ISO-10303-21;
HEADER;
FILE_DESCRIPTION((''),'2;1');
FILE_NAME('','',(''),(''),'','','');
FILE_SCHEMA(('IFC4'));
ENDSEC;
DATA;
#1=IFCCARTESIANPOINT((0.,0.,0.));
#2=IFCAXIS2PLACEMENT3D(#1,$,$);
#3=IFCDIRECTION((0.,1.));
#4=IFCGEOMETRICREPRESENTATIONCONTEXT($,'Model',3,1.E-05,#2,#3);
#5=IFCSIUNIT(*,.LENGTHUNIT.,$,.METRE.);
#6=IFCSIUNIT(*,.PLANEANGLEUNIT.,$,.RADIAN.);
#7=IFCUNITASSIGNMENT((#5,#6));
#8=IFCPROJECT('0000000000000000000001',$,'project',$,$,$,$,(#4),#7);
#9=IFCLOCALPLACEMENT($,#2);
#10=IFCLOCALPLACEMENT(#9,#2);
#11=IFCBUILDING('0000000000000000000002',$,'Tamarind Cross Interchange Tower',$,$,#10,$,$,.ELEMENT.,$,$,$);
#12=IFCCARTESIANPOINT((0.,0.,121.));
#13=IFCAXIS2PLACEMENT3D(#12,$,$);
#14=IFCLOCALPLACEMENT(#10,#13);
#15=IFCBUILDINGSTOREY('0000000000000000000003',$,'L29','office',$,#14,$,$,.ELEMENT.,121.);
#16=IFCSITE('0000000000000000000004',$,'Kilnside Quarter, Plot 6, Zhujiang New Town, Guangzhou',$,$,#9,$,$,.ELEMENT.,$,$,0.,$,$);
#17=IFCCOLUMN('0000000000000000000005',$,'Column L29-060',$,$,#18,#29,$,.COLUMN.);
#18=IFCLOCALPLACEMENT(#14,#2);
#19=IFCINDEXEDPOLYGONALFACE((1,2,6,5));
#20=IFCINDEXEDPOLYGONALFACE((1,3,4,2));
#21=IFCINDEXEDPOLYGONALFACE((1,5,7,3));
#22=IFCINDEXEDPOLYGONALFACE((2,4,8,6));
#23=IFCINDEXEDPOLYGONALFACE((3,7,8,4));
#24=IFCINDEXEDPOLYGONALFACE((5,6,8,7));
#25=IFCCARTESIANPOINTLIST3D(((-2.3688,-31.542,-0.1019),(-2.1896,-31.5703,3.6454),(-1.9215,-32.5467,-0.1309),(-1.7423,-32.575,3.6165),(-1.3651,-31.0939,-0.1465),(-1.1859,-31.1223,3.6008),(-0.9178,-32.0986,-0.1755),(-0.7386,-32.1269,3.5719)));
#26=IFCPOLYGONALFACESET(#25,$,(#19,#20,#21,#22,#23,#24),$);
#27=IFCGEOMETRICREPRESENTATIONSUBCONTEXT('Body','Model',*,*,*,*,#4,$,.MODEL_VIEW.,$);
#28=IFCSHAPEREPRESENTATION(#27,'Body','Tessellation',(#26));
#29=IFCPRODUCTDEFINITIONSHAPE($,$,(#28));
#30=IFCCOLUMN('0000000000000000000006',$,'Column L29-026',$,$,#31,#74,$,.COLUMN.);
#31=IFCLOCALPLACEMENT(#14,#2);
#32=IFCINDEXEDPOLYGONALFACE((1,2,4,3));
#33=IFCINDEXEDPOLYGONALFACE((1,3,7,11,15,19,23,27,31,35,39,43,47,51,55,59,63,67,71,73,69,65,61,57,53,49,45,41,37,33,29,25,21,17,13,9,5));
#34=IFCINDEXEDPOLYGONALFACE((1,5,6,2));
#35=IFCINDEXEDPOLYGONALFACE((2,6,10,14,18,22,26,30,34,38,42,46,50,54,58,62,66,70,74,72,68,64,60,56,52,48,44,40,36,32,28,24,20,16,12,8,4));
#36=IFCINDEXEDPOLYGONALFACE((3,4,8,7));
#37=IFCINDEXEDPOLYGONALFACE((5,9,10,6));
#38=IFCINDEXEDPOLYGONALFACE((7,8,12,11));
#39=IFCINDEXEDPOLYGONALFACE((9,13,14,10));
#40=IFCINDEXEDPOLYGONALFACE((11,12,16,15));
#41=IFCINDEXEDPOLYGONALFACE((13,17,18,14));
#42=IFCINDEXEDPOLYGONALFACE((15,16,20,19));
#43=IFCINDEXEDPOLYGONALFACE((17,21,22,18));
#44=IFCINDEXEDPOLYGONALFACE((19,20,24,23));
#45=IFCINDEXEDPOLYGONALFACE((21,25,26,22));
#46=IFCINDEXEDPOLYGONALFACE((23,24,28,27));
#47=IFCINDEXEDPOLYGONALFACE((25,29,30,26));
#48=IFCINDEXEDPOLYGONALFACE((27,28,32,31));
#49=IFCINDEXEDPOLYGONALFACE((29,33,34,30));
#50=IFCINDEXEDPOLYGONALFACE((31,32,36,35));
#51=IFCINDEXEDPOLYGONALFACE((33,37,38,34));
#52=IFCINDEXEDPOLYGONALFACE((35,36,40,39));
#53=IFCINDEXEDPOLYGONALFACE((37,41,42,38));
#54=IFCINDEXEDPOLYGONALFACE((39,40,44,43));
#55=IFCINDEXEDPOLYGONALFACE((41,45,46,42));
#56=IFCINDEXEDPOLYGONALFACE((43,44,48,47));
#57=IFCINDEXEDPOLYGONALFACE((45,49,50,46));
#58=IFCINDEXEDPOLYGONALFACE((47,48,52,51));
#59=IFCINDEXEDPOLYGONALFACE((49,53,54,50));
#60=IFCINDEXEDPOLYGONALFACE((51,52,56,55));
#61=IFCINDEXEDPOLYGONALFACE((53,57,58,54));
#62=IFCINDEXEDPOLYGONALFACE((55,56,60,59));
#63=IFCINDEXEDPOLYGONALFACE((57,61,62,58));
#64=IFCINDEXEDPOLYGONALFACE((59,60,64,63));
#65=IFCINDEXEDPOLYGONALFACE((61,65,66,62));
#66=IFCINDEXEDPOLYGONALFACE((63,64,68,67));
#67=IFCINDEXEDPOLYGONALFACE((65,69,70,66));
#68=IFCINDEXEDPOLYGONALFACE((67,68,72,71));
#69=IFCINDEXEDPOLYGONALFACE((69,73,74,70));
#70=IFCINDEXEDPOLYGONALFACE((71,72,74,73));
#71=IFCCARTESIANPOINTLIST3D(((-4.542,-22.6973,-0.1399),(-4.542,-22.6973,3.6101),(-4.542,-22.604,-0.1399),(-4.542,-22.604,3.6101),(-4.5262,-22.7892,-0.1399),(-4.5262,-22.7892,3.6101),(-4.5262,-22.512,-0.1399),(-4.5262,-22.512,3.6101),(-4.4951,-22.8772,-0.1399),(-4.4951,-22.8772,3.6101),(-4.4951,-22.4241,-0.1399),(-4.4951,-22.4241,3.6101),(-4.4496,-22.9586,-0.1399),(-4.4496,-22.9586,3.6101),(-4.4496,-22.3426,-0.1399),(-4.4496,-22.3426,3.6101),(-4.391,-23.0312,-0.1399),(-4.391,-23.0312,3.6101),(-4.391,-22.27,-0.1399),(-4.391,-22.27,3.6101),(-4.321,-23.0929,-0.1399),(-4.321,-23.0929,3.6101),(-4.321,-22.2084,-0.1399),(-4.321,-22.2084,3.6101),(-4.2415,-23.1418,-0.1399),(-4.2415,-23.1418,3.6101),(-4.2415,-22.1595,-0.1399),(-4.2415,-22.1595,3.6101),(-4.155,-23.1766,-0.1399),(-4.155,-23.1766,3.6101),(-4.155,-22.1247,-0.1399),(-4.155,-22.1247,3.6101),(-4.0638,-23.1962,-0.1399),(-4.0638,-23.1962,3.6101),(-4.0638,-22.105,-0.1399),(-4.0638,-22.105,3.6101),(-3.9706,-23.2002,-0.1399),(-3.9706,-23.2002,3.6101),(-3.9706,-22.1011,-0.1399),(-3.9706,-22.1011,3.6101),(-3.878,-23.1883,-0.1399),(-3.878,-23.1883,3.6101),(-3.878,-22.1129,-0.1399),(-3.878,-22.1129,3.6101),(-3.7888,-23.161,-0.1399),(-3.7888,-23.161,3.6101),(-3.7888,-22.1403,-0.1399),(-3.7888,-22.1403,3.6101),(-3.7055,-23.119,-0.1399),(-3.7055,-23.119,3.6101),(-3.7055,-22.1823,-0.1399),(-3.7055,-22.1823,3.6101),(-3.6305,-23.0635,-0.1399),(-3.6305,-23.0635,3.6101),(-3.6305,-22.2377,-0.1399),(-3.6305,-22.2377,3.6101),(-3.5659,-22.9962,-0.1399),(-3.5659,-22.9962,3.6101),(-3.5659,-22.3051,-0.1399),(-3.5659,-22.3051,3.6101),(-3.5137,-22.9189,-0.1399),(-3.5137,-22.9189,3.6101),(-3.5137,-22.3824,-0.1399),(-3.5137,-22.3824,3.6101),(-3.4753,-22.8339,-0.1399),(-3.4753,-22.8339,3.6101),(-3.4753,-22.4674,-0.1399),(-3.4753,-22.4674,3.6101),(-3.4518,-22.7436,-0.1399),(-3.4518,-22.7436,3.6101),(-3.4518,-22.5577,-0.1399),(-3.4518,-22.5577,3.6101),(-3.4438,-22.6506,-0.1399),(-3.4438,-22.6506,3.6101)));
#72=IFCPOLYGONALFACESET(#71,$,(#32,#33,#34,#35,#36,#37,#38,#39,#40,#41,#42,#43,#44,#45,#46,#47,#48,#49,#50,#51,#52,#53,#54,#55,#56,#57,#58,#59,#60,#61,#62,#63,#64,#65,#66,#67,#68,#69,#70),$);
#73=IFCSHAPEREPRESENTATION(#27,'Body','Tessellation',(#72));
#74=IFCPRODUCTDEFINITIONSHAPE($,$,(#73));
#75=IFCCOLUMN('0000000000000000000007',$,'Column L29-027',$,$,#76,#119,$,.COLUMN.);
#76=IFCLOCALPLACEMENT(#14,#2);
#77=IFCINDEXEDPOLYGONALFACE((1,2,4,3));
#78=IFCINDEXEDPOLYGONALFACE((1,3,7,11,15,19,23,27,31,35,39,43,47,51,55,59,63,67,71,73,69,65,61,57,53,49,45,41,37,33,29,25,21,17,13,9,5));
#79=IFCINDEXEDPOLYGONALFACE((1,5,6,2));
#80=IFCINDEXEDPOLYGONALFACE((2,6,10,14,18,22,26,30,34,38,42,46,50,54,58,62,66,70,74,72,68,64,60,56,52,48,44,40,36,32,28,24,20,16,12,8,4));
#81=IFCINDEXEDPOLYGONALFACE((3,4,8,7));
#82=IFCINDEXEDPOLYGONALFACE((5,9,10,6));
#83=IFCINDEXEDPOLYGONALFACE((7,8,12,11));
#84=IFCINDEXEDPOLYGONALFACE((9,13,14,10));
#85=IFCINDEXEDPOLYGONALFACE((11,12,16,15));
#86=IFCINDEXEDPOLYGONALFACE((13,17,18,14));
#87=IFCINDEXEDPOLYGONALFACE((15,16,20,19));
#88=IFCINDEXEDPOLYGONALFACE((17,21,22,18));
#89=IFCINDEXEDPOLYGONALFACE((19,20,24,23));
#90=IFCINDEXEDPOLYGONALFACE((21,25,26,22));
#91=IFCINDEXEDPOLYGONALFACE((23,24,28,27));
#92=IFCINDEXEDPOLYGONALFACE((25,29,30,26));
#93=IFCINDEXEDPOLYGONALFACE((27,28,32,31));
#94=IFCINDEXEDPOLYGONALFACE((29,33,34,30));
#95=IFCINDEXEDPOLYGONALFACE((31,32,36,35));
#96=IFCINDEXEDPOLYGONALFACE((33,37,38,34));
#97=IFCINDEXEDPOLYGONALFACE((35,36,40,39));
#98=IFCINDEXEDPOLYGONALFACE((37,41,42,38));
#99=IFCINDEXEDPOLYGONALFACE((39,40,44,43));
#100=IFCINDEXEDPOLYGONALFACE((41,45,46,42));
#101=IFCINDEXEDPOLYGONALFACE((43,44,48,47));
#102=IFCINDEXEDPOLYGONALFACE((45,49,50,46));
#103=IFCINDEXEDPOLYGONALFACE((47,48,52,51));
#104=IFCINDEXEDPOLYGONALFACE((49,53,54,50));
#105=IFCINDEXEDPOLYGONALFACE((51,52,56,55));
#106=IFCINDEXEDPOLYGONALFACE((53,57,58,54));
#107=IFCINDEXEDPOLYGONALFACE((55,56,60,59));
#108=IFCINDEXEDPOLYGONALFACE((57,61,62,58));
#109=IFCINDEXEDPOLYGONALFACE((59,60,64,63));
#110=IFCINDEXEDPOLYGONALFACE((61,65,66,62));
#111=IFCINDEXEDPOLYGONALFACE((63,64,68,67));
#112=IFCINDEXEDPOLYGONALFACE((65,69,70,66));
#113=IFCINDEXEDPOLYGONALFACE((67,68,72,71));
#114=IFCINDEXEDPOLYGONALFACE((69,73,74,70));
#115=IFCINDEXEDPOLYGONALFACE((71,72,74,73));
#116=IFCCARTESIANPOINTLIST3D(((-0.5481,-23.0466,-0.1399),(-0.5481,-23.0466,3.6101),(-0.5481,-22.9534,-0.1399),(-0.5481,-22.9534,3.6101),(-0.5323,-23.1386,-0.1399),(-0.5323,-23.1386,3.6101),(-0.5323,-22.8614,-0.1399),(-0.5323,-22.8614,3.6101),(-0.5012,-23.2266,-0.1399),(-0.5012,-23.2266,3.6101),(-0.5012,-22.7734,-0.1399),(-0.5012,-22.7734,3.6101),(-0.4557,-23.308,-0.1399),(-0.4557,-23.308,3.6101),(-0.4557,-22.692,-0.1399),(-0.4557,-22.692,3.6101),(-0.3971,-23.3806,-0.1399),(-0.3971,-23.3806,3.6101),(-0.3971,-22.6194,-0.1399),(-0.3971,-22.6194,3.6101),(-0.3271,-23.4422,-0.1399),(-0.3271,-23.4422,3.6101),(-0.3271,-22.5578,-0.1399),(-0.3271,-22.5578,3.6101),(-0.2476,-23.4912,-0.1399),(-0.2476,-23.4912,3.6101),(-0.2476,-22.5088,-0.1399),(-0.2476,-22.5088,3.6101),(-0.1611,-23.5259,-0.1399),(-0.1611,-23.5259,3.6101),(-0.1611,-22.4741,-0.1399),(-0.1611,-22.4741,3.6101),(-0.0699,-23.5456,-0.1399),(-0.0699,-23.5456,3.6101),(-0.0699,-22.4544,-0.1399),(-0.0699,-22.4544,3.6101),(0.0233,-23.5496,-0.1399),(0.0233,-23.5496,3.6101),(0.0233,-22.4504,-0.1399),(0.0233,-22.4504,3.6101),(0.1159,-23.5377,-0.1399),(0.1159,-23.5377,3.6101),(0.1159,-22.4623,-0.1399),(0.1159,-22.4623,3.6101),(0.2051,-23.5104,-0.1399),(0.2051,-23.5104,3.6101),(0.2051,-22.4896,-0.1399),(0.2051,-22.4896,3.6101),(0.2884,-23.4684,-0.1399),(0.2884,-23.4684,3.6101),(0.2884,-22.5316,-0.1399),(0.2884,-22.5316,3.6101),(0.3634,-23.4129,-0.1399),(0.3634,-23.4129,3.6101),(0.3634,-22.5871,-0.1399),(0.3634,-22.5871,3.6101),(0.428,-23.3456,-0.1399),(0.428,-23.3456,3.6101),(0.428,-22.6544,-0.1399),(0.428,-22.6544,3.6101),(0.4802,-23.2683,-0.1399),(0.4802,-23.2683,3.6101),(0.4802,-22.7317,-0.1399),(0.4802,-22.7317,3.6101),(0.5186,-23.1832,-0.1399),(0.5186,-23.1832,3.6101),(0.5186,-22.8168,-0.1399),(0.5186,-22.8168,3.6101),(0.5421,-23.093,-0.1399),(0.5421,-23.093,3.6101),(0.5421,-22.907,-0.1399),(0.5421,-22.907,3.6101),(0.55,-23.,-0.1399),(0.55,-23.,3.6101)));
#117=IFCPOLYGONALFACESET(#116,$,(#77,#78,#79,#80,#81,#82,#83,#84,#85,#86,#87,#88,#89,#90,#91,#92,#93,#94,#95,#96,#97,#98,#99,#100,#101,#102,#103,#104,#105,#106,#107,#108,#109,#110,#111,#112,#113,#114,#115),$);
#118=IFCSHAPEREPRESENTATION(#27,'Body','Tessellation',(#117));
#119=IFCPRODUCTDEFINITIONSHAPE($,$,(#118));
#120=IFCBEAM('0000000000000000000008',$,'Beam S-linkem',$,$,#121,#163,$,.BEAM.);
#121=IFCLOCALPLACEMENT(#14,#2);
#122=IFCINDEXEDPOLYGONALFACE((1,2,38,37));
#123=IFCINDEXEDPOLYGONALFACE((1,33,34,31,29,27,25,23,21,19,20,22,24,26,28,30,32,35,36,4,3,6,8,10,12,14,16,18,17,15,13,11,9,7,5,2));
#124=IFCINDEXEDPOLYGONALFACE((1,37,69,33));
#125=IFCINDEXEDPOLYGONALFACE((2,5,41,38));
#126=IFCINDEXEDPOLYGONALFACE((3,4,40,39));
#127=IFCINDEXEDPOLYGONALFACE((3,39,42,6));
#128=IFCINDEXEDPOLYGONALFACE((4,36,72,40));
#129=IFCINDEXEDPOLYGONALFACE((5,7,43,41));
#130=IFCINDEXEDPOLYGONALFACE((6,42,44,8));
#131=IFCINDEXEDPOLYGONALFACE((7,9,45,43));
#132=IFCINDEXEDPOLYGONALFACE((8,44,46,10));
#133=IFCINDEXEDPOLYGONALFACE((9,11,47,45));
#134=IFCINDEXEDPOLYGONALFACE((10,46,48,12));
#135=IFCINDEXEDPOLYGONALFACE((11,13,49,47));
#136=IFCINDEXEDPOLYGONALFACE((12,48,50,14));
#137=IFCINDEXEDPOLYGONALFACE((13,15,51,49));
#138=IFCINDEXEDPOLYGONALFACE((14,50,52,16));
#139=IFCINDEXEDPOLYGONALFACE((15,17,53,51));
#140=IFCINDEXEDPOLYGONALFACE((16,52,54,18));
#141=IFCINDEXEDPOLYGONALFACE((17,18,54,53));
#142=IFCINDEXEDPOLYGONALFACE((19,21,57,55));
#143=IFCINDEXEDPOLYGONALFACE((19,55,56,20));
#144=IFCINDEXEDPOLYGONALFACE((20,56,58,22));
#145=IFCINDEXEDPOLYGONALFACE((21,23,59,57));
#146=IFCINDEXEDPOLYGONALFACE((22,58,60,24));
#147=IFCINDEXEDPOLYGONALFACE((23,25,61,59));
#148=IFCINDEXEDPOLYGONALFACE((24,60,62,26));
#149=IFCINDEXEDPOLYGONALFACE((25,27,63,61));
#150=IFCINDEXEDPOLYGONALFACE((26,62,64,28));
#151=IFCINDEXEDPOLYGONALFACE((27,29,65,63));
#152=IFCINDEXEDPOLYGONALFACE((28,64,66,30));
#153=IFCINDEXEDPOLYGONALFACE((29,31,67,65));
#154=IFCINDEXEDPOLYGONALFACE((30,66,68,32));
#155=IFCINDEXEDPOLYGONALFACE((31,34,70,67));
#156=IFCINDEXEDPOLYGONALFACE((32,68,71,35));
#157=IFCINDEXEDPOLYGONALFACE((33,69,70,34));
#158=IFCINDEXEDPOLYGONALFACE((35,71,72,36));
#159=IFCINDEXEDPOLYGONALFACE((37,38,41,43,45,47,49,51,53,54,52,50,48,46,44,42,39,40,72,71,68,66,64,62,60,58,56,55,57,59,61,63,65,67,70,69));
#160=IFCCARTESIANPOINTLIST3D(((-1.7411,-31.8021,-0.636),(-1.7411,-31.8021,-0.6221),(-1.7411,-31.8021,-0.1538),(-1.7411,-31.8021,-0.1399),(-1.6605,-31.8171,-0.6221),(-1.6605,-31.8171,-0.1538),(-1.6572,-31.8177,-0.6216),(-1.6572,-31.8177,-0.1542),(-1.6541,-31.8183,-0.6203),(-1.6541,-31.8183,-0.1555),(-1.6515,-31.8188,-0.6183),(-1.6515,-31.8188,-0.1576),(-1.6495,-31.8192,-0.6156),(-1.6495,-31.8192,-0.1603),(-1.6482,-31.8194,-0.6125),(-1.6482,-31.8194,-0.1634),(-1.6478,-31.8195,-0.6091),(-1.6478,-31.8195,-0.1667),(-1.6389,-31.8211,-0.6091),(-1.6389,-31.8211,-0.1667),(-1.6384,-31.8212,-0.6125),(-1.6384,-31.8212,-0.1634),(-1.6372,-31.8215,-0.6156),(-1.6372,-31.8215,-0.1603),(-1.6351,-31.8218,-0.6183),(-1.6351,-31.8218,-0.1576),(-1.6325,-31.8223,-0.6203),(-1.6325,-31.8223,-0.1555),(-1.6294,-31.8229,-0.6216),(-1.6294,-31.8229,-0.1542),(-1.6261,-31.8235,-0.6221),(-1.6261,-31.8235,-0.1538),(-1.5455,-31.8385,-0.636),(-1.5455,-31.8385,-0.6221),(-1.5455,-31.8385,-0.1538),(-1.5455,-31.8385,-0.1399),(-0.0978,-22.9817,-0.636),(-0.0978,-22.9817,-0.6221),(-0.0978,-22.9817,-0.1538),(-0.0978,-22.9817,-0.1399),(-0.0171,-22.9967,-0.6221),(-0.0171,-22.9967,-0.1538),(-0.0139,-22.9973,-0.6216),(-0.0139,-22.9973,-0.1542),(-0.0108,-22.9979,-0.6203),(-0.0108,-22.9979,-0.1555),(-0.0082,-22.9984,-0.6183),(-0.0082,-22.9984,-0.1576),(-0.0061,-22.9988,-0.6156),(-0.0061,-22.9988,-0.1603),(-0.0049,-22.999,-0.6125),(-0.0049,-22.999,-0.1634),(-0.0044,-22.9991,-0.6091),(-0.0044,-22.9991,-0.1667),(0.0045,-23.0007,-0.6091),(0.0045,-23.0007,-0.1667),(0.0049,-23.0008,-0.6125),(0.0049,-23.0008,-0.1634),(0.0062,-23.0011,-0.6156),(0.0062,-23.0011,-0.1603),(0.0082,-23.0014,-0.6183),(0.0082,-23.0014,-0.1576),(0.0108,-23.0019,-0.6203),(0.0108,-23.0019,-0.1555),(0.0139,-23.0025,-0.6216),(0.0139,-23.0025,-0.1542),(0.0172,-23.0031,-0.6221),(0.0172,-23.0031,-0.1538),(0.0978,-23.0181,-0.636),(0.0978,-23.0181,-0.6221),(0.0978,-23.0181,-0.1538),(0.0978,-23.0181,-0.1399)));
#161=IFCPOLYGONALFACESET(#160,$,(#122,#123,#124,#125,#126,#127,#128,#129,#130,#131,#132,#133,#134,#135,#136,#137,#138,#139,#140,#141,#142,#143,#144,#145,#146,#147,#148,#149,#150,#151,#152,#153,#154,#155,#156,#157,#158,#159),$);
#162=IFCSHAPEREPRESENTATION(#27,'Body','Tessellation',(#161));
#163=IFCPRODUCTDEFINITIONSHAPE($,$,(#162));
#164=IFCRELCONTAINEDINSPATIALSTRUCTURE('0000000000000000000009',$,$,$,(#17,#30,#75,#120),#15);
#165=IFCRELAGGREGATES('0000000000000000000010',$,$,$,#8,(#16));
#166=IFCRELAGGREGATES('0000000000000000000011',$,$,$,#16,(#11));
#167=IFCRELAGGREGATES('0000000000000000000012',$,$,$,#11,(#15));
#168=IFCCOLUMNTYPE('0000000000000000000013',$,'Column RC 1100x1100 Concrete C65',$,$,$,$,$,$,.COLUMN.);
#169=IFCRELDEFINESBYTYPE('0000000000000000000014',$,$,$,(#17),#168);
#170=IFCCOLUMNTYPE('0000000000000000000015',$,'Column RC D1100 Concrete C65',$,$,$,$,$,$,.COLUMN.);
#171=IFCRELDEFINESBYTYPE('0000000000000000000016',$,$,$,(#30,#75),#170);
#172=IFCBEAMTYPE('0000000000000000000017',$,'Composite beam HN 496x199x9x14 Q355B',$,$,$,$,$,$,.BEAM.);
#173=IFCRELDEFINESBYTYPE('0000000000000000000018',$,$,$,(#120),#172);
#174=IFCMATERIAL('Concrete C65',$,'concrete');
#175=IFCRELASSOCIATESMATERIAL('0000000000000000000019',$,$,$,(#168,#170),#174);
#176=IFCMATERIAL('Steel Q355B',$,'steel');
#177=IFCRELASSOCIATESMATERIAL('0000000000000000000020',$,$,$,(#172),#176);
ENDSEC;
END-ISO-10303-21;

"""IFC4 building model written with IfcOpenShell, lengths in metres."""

from ifc_helpers import new_model, si_unit, direction, frame, origin, origin_2d, place, context, subcontext, project, spatial, rectangle, circle, i_section, extrude, material, material_profile, profile_set, type_object, element, save


model = new_model("IFC4")

# Units and contexts
model_context = context("Model", 3, precision=1e-05, world=origin(), true_north=direction((0.0, 1.0)))
body_context = subcontext(model_context, "Body", "Model", "MODEL_VIEW")
ifc_project = project(units=[si_unit("LENGTHUNIT", "METRE"), si_unit("PLANEANGLEUNIT", "RADIAN")], contexts=[model_context])

# Site, building, storey
site_placement = place(None, origin())
site = spatial("IfcSite", under=ifc_project, at=site_placement, Name="Kilnside Quarter, Plot 6, Zhujiang New Town, Guangzhou", CompositionType="ELEMENT", RefElevation=0.0)
building_placement = place(site_placement, origin())
building = spatial("IfcBuilding", under=site, at=building_placement, Name="Tamarind Cross Interchange Tower", CompositionType="ELEMENT")
storey_placement = place(building_placement, frame((0.0, 0.0, 121.0)))
storey = spatial("IfcBuildingStorey", under=building, at=storey_placement, Name="L29", Description="office", CompositionType="ELEMENT", Elevation=121.0)

# Columns
ifc_material_1 = material(Name="Concrete C65", Category="concrete")
ifc_material_profile_1 = material_profile(ifc_material_1, rectangle(XDim=1.1001, YDim=1.1001, at=origin_2d()), Name="RC 1100x1100")
ifc_profile_set_1 = profile_set([ifc_material_profile_1], Name="Concrete C65")
column_type_1 = type_object("IfcColumnType", Name="Column RC 1100x1100 Concrete C65", PredefinedType="COLUMN", material=ifc_profile_set_1)
column_placement = place(storey_placement, frame((-1.6433, -31.8203, -0.1387), z_axis=(0.047765, -0.007549, 0.99883), x_axis=(-0.406544, 0.913251, 0.026343)))
element("IfcColumn", 1, at=column_placement, inside=storey, type_object=column_type_1, Name="Column L29-060", PredefinedType="COLUMN", context=body_context, shape_type="SweptSolid", body=[
    extrude(rectangle(XDim=1.1001, YDim=1.1001, at=origin_2d()), origin(), (0.0, 0.0, 1.0), 3.7517),
])
ifc_material_profile_2 = material_profile(ifc_material_1, circle(Radius=0.55, at=origin_2d()), Name="RC D1100")
ifc_profile_set_2 = profile_set([ifc_material_profile_2], Name="Concrete C65")
column_type_2 = type_object("IfcColumnType", Name="Column RC D1100 Concrete C65", PredefinedType="COLUMN", material=ifc_profile_set_2)
for number, where, z_axis, x_axis, name in (
    (2, (-3.9939, -22.6506, -0.1399), (0.0, 0.0, 1.0), (1.0, 0.0, 0.0), "Column L29-026"),
    (3, (0.0, -23.0, -0.1399), (0.0, 0.0, 1.0), (1.0, 0.0, 0.0), "Column L29-027"),
):
    element("IfcColumn", number, at=place(storey_placement, frame(where, z_axis=z_axis, x_axis=x_axis)), inside=storey, type_object=column_type_2, Name=name, PredefinedType="COLUMN", context=body_context, shape_type="SweptSolid", body=[
        extrude(circle(Radius=0.55, at=origin_2d()), origin(), (0.0, 0.0, 1.0), 3.75),
    ])

# Beam
ifc_material_2 = material(Name="Steel Q355B", Category="steel")
ifc_material_profile_3 = material_profile(ifc_material_2, i_section(OverallWidth=0.199, OverallDepth=0.4961, WebThickness=0.009, FlangeThickness=0.0139, FilletRadius=0.0129, at=origin_2d()), Name="HN 496x199x9x14")
ifc_profile_set_3 = profile_set([ifc_material_profile_3], Name="Steel Q355B")
beam_type_1 = type_object("IfcBeamType", Name="Composite beam HN 496x199x9x14 Q355B", PredefinedType="BEAM", material=ifc_profile_set_3)
beam_1_placement = place(storey_placement, frame((-1.6433, -31.8203, -0.3879), z_axis=(0.183158, 0.983083, 0.0), x_axis=(-0.983083, 0.183158, 0.0)))
element("IfcBeam", 4, at=beam_1_placement, inside=storey, type_object=beam_type_1, Name="Beam S-linkem", PredefinedType="BEAM", context=body_context, shape_type="SweptSolid", body=[
    extrude(i_section(OverallWidth=0.199, OverallDepth=0.4961, WebThickness=0.009, FlangeThickness=0.0139, FilletRadius=0.0129, at=origin_2d()), origin(), (0.0, 0.0, 1.0), 8.9722),
])

save(model, "model.ifc")
